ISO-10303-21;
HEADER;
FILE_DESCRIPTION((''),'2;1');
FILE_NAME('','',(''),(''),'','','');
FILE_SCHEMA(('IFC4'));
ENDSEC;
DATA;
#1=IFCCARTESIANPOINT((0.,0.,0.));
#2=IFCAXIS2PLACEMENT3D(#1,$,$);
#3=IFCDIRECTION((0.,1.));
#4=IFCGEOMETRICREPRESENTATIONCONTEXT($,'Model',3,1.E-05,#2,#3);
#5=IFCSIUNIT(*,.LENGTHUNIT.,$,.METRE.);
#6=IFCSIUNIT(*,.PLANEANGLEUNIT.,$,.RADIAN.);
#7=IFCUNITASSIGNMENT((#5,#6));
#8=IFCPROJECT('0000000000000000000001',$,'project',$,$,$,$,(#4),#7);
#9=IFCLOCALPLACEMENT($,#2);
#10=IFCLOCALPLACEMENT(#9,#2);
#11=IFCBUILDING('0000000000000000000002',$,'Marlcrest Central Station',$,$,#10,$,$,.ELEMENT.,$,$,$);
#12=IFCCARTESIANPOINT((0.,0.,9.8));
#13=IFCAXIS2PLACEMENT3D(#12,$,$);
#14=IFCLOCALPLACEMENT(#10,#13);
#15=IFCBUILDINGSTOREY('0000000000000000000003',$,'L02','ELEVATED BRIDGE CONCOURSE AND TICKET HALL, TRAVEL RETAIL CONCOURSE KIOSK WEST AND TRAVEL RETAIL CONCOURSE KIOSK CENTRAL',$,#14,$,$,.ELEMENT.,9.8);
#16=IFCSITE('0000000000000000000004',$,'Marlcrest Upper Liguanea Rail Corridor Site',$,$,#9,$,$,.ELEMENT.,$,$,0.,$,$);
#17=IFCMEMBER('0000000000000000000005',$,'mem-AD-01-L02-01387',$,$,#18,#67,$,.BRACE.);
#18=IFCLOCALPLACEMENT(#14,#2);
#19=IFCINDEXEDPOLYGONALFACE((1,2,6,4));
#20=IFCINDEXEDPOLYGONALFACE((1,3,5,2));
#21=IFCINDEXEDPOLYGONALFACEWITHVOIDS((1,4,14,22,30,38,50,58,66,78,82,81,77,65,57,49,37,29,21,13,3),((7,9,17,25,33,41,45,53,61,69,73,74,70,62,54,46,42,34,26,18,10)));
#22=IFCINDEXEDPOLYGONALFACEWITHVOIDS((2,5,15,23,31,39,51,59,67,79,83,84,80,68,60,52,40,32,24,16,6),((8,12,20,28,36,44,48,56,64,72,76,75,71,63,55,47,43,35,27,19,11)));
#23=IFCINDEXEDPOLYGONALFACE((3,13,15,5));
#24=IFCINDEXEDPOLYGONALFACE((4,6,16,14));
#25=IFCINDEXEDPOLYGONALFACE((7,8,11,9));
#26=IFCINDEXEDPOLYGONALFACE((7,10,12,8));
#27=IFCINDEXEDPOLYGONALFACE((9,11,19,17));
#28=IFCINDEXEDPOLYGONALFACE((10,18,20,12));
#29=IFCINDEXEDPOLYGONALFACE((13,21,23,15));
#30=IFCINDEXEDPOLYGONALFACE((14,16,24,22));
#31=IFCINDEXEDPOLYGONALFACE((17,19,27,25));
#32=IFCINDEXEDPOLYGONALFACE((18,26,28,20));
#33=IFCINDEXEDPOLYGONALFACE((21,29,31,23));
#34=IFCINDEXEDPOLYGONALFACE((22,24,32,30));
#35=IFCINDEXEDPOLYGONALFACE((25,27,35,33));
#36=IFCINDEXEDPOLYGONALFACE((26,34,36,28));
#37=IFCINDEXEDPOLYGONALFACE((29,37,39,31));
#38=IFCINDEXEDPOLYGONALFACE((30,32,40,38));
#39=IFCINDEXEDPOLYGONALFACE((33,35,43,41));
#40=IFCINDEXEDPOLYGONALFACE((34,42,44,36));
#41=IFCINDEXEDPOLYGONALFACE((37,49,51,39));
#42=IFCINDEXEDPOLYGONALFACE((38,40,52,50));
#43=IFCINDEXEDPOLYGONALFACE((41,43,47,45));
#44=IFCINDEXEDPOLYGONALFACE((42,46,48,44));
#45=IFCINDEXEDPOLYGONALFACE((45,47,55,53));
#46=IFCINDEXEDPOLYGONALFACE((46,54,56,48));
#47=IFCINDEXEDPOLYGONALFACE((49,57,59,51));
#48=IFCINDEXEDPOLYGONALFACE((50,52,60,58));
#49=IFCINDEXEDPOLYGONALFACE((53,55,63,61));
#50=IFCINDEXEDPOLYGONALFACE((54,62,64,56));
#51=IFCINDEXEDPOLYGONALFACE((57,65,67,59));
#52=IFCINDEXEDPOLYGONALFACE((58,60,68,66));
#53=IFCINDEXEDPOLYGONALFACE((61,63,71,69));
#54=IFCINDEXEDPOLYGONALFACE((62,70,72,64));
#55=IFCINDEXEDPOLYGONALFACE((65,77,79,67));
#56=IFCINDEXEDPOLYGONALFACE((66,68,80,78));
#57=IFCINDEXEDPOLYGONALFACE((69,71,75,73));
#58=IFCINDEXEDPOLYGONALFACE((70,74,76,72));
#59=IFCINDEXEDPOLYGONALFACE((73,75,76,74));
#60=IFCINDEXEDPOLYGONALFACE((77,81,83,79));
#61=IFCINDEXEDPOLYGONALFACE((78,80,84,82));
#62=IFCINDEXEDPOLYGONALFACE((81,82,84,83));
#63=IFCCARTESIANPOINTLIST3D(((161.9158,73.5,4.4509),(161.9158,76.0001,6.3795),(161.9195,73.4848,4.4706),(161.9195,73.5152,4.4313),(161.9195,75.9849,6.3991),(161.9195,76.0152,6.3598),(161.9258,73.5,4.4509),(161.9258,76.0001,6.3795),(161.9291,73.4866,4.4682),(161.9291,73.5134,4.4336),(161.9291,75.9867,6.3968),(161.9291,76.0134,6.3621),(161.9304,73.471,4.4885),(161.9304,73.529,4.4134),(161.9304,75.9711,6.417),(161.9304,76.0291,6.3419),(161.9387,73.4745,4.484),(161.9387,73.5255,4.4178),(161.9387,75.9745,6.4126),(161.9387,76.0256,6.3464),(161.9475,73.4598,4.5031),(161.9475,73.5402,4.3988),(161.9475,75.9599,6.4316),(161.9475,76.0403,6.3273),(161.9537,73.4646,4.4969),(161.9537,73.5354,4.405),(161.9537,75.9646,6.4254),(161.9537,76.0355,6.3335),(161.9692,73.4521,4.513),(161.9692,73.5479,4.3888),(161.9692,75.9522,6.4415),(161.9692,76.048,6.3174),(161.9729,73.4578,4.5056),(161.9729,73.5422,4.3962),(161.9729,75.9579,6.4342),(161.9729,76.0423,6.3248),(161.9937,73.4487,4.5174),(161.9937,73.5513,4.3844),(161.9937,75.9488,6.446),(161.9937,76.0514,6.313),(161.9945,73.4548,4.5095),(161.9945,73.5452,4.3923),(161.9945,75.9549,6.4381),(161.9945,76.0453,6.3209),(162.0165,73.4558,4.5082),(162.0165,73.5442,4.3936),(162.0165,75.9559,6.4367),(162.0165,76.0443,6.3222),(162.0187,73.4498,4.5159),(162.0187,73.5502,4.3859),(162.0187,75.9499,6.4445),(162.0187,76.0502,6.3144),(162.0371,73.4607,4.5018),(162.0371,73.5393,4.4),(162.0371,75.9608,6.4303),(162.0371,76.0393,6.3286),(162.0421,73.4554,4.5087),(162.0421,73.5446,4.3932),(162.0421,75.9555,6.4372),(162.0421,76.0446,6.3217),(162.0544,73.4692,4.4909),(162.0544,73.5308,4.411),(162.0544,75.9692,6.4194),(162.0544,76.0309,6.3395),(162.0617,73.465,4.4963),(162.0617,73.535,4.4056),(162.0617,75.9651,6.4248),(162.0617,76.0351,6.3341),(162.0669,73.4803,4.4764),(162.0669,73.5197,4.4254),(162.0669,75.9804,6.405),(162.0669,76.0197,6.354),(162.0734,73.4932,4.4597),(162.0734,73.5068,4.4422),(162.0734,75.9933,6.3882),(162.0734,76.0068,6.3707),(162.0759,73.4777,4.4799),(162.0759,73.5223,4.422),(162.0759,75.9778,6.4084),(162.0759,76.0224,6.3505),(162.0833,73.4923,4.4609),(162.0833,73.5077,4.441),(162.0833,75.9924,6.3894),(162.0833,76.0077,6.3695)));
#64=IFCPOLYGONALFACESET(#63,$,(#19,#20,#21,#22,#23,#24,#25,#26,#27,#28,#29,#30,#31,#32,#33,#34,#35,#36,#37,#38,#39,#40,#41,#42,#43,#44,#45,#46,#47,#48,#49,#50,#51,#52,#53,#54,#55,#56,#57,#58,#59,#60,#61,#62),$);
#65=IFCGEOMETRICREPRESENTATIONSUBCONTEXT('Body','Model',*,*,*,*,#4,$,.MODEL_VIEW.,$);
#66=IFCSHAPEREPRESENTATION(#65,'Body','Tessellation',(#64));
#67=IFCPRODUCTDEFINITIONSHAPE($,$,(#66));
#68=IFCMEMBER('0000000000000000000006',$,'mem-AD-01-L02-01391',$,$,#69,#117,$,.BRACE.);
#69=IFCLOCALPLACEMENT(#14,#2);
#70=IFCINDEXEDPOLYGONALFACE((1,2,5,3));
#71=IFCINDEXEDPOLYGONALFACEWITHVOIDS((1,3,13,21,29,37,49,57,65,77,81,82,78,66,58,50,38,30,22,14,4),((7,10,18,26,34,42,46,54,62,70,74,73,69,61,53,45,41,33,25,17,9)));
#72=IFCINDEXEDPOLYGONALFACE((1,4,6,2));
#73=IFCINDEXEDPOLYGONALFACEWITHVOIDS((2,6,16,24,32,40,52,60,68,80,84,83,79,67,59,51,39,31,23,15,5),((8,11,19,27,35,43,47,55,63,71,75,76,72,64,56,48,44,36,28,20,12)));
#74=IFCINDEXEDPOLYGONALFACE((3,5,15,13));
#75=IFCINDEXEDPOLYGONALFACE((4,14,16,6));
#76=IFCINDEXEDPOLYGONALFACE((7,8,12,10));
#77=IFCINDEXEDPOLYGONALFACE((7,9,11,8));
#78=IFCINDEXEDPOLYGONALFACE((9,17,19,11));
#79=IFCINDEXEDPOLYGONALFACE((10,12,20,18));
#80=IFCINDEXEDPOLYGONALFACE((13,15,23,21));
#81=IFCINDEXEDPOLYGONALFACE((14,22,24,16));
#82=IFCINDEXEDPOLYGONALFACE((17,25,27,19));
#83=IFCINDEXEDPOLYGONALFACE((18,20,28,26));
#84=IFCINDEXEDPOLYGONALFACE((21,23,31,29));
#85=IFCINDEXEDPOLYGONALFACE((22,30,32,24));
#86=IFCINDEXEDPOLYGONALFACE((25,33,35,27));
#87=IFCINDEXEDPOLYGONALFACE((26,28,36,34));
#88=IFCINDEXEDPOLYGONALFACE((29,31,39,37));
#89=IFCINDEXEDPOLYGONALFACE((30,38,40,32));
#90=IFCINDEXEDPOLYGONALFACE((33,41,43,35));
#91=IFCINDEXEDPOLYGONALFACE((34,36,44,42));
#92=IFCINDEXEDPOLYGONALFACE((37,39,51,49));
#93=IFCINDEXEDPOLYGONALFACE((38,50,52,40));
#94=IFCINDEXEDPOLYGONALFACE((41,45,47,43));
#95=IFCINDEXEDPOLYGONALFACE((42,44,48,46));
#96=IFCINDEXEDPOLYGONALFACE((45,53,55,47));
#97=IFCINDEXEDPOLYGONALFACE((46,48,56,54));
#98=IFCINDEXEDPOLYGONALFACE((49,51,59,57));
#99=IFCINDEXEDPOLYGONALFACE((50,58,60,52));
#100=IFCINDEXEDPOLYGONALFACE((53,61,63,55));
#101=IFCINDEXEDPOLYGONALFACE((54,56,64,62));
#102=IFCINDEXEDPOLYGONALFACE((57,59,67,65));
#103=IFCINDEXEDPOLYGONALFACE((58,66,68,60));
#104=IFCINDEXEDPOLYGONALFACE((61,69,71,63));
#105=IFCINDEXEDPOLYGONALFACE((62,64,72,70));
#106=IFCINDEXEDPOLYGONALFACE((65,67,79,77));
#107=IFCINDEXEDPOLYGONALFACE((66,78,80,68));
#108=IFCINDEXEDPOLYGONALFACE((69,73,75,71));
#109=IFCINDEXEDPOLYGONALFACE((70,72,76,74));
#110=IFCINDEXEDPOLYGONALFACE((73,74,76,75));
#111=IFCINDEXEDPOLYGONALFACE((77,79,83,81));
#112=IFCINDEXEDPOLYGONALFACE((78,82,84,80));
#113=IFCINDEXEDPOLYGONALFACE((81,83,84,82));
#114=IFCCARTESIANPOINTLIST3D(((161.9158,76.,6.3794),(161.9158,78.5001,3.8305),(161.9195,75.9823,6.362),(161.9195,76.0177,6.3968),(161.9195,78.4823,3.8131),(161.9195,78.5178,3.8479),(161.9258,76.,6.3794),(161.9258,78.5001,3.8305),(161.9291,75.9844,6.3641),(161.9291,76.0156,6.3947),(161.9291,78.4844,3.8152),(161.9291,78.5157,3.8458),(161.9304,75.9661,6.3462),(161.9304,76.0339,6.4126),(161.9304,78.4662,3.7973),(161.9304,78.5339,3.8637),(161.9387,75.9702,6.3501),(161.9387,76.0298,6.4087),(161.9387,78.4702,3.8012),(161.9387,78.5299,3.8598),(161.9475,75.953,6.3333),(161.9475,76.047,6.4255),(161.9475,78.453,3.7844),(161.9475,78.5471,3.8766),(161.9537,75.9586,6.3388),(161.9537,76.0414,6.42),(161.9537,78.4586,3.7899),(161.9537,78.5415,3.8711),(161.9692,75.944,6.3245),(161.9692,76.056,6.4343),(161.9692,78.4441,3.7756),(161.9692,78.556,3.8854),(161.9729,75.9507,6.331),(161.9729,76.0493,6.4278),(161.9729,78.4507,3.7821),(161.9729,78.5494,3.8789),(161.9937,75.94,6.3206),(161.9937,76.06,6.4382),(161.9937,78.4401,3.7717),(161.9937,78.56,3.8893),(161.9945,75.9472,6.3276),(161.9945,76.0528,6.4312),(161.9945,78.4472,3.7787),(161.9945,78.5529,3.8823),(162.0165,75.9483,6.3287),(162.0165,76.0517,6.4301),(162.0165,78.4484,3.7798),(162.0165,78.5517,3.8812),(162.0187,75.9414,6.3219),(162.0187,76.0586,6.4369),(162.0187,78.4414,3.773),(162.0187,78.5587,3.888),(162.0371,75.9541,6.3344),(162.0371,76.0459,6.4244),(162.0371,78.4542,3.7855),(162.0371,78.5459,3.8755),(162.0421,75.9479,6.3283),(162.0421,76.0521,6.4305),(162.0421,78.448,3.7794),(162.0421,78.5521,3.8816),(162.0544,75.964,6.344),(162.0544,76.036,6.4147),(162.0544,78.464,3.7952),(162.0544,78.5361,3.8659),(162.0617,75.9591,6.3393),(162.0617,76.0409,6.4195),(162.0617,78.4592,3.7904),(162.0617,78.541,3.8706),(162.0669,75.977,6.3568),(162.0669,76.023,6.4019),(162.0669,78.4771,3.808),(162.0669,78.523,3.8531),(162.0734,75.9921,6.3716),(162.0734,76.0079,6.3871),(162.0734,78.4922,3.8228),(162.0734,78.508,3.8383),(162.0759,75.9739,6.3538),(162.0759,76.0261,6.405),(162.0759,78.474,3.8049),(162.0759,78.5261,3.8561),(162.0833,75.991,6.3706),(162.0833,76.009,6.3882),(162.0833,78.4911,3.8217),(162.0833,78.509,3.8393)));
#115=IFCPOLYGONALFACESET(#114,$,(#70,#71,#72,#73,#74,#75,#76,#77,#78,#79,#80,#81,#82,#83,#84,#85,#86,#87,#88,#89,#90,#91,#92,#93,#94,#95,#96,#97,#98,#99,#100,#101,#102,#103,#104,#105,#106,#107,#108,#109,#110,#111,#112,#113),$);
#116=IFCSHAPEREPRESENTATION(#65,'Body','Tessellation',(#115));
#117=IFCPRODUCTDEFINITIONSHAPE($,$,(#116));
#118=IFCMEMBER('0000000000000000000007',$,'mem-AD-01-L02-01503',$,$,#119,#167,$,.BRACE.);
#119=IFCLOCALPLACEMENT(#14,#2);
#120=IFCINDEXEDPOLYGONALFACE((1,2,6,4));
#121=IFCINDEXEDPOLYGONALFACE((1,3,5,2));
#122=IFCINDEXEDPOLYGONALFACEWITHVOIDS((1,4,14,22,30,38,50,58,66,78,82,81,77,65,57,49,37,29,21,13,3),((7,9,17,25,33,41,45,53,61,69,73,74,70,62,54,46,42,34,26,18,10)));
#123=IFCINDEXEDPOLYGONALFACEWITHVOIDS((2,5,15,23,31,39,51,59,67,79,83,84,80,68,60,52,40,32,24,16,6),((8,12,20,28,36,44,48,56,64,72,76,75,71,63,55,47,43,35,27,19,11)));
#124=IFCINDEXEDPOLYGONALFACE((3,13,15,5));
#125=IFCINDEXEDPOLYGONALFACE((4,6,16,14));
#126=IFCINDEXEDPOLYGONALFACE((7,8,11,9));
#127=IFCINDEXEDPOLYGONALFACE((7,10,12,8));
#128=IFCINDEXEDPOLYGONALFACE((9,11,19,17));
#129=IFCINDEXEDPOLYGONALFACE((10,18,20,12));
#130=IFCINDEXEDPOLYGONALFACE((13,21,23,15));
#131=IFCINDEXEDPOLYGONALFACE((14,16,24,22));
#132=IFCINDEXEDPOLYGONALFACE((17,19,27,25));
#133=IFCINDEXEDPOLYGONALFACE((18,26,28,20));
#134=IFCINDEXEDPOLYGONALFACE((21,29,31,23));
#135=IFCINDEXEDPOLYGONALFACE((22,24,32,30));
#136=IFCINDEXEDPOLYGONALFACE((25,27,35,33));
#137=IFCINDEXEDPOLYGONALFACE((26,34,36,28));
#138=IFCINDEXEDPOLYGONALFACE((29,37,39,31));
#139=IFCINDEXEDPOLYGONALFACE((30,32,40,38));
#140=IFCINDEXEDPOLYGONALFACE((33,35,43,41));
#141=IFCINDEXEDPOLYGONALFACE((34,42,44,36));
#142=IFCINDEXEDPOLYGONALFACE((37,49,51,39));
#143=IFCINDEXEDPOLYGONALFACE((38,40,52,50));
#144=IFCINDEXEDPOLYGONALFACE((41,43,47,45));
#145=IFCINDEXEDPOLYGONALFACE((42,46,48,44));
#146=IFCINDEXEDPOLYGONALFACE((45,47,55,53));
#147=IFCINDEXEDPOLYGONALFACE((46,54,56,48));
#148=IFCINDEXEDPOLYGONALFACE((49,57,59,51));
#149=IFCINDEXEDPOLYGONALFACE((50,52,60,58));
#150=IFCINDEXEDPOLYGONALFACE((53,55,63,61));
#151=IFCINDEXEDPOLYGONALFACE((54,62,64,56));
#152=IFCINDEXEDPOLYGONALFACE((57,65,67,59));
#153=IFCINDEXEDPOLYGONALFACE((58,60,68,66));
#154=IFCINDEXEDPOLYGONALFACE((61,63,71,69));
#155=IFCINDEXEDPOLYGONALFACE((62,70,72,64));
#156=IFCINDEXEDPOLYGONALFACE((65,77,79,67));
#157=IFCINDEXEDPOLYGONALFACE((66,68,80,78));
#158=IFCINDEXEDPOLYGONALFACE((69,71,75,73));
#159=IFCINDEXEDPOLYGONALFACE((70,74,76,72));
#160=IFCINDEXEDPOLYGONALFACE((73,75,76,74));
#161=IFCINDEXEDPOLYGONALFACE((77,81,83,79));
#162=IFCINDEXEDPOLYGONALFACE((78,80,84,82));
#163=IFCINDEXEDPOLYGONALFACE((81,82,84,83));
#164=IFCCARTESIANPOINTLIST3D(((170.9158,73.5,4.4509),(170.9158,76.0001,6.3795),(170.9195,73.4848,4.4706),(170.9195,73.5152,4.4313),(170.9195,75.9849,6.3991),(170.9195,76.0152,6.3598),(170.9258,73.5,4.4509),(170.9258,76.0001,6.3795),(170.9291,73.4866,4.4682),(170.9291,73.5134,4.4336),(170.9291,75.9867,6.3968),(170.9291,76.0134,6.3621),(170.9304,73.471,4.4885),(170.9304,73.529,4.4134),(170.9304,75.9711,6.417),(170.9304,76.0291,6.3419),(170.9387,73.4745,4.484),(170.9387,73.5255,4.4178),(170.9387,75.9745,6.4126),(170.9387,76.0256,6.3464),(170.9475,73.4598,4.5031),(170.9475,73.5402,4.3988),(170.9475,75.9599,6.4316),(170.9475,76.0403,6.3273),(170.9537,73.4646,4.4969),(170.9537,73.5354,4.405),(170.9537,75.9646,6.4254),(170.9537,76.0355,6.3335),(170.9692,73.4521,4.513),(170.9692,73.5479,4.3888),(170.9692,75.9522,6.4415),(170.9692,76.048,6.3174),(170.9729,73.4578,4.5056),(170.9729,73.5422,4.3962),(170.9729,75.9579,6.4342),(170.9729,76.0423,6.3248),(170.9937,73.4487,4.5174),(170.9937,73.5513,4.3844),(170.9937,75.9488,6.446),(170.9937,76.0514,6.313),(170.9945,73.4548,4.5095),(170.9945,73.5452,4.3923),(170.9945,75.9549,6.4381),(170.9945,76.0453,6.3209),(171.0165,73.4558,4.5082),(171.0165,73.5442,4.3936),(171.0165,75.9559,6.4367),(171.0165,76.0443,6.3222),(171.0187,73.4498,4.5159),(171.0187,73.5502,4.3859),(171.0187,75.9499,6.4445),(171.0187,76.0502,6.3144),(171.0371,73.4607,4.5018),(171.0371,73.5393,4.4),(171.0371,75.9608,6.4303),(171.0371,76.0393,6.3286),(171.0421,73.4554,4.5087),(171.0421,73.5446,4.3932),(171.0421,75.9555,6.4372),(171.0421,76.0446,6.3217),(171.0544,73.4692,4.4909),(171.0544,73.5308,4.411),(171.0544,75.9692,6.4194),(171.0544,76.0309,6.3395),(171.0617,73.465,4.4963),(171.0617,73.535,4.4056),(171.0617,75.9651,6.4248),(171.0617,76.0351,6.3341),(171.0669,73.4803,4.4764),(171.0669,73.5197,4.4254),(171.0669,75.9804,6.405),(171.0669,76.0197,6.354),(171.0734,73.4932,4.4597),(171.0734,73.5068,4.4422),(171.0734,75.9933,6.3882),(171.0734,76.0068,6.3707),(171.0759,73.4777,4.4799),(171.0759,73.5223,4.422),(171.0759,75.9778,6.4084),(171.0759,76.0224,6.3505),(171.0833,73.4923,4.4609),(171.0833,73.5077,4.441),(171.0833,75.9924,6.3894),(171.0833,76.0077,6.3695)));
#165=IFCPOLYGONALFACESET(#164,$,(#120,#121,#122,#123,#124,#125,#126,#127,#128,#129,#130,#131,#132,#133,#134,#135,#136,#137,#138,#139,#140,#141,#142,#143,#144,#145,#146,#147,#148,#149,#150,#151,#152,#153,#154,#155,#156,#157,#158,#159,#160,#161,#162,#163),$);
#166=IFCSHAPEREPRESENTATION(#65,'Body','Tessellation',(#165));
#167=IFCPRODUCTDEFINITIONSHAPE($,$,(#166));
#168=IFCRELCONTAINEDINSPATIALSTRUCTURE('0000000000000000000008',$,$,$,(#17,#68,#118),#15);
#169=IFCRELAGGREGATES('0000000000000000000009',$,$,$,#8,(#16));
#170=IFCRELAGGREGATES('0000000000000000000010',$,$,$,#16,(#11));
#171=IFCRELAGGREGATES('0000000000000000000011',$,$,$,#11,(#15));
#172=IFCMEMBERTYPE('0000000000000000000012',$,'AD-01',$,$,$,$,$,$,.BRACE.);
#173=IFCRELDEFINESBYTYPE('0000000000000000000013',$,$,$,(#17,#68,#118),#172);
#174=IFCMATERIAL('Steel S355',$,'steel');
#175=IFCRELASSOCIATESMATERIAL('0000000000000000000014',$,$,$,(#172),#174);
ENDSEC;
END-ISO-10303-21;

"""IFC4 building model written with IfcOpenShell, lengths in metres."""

from ifc_helpers import new_model, si_unit, direction, frame, origin, origin_2d, place, context, subcontext, project, spatial, hollow_circle, extrude, material, material_profile, profile_set, type_object, element, save


model = new_model("IFC4")

# Units and contexts
model_context = context("Model", 3, precision=1e-05, world=origin(), true_north=direction((0.0, 1.0)))
body_context = subcontext(model_context, "Body", "Model", "MODEL_VIEW")
ifc_project = project(units=[si_unit("LENGTHUNIT", "METRE"), si_unit("PLANEANGLEUNIT", "RADIAN")], contexts=[model_context])

# Site, building, storey
site_placement = place(None, origin())
site = spatial("IfcSite", under=ifc_project, at=site_placement, Name="Marlcrest Upper Liguanea Rail Corridor Site", CompositionType="ELEMENT", RefElevation=0.0)
building_placement = place(site_placement, origin())
building = spatial("IfcBuilding", under=site, at=building_placement, Name="Marlcrest Central Station", CompositionType="ELEMENT")
storey_placement = place(building_placement, frame((0.0, 0.0, 9.8)))
storey = spatial("IfcBuildingStorey", under=building, at=storey_placement, Name="L02", Description="ELEVATED BRIDGE CONCOURSE AND TICKET HALL, TRAVEL RETAIL CONCOURSE KIOSK WEST AND TRAVEL RETAIL CONCOURSE KIOSK CENTRAL", CompositionType="ELEMENT", Elevation=9.8)

# Members
ifc_material = material(Name="Steel S355", Category="steel")
ifc_material_profile_1 = material_profile(ifc_material, hollow_circle(Radius=0.0842, WallThickness=0.01, at=origin_2d()), Name="CHS 168.3x10")
ifc_profile_set_1 = profile_set([ifc_material_profile_1], Name="Steel S355")
member_type_1 = type_object("IfcMemberType", Name="AD-01", PredefinedType="BRACE", material=ifc_profile_set_1)
member_1_placement = place(storey_placement, frame((162.0, 73.5, 4.4509), z_axis=(0.0, 0.791798, 0.610783), x_axis=(-1.0, 0.0, 0.0)))
element("IfcMember", 1, at=member_1_placement, inside=storey, type_object=member_type_1, Name="mem-AD-01-L02-01387", PredefinedType="BRACE", context=body_context, shape_type="SweptSolid", body=[
    extrude(hollow_circle(Radius=0.0842, WallThickness=0.01, at=origin_2d()), origin(), (0.0, 0.0, 1.0), 3.1575),
])
member_2_placement = place(storey_placement, frame((162.0, 76.0, 6.3794), z_axis=(0.0, 0.700235, -0.713912), x_axis=(-1.0, 0.0, 0.0)))
element("IfcMember", 2, at=member_2_placement, inside=storey, type_object=member_type_1, Name="mem-AD-01-L02-01391", PredefinedType="BRACE", context=body_context, shape_type="SweptSolid", body=[
    extrude(hollow_circle(Radius=0.0842, WallThickness=0.01, at=origin_2d()), origin(), (0.0, 0.0, 1.0), 3.5703),
])
member_3_placement = place(storey_placement, frame((171.0, 73.5, 4.4509), z_axis=(0.0, 0.791798, 0.610783), x_axis=(-1.0, 0.0, 0.0)))
element("IfcMember", 3, at=member_3_placement, inside=storey, type_object=member_type_1, Name="mem-AD-01-L02-01503", PredefinedType="BRACE", context=body_context, shape_type="SweptSolid", body=[
    extrude(hollow_circle(Radius=0.0842, WallThickness=0.01, at=origin_2d()), origin(), (0.0, 0.0, 1.0), 3.1575),
])

save(model, "model.ifc")
